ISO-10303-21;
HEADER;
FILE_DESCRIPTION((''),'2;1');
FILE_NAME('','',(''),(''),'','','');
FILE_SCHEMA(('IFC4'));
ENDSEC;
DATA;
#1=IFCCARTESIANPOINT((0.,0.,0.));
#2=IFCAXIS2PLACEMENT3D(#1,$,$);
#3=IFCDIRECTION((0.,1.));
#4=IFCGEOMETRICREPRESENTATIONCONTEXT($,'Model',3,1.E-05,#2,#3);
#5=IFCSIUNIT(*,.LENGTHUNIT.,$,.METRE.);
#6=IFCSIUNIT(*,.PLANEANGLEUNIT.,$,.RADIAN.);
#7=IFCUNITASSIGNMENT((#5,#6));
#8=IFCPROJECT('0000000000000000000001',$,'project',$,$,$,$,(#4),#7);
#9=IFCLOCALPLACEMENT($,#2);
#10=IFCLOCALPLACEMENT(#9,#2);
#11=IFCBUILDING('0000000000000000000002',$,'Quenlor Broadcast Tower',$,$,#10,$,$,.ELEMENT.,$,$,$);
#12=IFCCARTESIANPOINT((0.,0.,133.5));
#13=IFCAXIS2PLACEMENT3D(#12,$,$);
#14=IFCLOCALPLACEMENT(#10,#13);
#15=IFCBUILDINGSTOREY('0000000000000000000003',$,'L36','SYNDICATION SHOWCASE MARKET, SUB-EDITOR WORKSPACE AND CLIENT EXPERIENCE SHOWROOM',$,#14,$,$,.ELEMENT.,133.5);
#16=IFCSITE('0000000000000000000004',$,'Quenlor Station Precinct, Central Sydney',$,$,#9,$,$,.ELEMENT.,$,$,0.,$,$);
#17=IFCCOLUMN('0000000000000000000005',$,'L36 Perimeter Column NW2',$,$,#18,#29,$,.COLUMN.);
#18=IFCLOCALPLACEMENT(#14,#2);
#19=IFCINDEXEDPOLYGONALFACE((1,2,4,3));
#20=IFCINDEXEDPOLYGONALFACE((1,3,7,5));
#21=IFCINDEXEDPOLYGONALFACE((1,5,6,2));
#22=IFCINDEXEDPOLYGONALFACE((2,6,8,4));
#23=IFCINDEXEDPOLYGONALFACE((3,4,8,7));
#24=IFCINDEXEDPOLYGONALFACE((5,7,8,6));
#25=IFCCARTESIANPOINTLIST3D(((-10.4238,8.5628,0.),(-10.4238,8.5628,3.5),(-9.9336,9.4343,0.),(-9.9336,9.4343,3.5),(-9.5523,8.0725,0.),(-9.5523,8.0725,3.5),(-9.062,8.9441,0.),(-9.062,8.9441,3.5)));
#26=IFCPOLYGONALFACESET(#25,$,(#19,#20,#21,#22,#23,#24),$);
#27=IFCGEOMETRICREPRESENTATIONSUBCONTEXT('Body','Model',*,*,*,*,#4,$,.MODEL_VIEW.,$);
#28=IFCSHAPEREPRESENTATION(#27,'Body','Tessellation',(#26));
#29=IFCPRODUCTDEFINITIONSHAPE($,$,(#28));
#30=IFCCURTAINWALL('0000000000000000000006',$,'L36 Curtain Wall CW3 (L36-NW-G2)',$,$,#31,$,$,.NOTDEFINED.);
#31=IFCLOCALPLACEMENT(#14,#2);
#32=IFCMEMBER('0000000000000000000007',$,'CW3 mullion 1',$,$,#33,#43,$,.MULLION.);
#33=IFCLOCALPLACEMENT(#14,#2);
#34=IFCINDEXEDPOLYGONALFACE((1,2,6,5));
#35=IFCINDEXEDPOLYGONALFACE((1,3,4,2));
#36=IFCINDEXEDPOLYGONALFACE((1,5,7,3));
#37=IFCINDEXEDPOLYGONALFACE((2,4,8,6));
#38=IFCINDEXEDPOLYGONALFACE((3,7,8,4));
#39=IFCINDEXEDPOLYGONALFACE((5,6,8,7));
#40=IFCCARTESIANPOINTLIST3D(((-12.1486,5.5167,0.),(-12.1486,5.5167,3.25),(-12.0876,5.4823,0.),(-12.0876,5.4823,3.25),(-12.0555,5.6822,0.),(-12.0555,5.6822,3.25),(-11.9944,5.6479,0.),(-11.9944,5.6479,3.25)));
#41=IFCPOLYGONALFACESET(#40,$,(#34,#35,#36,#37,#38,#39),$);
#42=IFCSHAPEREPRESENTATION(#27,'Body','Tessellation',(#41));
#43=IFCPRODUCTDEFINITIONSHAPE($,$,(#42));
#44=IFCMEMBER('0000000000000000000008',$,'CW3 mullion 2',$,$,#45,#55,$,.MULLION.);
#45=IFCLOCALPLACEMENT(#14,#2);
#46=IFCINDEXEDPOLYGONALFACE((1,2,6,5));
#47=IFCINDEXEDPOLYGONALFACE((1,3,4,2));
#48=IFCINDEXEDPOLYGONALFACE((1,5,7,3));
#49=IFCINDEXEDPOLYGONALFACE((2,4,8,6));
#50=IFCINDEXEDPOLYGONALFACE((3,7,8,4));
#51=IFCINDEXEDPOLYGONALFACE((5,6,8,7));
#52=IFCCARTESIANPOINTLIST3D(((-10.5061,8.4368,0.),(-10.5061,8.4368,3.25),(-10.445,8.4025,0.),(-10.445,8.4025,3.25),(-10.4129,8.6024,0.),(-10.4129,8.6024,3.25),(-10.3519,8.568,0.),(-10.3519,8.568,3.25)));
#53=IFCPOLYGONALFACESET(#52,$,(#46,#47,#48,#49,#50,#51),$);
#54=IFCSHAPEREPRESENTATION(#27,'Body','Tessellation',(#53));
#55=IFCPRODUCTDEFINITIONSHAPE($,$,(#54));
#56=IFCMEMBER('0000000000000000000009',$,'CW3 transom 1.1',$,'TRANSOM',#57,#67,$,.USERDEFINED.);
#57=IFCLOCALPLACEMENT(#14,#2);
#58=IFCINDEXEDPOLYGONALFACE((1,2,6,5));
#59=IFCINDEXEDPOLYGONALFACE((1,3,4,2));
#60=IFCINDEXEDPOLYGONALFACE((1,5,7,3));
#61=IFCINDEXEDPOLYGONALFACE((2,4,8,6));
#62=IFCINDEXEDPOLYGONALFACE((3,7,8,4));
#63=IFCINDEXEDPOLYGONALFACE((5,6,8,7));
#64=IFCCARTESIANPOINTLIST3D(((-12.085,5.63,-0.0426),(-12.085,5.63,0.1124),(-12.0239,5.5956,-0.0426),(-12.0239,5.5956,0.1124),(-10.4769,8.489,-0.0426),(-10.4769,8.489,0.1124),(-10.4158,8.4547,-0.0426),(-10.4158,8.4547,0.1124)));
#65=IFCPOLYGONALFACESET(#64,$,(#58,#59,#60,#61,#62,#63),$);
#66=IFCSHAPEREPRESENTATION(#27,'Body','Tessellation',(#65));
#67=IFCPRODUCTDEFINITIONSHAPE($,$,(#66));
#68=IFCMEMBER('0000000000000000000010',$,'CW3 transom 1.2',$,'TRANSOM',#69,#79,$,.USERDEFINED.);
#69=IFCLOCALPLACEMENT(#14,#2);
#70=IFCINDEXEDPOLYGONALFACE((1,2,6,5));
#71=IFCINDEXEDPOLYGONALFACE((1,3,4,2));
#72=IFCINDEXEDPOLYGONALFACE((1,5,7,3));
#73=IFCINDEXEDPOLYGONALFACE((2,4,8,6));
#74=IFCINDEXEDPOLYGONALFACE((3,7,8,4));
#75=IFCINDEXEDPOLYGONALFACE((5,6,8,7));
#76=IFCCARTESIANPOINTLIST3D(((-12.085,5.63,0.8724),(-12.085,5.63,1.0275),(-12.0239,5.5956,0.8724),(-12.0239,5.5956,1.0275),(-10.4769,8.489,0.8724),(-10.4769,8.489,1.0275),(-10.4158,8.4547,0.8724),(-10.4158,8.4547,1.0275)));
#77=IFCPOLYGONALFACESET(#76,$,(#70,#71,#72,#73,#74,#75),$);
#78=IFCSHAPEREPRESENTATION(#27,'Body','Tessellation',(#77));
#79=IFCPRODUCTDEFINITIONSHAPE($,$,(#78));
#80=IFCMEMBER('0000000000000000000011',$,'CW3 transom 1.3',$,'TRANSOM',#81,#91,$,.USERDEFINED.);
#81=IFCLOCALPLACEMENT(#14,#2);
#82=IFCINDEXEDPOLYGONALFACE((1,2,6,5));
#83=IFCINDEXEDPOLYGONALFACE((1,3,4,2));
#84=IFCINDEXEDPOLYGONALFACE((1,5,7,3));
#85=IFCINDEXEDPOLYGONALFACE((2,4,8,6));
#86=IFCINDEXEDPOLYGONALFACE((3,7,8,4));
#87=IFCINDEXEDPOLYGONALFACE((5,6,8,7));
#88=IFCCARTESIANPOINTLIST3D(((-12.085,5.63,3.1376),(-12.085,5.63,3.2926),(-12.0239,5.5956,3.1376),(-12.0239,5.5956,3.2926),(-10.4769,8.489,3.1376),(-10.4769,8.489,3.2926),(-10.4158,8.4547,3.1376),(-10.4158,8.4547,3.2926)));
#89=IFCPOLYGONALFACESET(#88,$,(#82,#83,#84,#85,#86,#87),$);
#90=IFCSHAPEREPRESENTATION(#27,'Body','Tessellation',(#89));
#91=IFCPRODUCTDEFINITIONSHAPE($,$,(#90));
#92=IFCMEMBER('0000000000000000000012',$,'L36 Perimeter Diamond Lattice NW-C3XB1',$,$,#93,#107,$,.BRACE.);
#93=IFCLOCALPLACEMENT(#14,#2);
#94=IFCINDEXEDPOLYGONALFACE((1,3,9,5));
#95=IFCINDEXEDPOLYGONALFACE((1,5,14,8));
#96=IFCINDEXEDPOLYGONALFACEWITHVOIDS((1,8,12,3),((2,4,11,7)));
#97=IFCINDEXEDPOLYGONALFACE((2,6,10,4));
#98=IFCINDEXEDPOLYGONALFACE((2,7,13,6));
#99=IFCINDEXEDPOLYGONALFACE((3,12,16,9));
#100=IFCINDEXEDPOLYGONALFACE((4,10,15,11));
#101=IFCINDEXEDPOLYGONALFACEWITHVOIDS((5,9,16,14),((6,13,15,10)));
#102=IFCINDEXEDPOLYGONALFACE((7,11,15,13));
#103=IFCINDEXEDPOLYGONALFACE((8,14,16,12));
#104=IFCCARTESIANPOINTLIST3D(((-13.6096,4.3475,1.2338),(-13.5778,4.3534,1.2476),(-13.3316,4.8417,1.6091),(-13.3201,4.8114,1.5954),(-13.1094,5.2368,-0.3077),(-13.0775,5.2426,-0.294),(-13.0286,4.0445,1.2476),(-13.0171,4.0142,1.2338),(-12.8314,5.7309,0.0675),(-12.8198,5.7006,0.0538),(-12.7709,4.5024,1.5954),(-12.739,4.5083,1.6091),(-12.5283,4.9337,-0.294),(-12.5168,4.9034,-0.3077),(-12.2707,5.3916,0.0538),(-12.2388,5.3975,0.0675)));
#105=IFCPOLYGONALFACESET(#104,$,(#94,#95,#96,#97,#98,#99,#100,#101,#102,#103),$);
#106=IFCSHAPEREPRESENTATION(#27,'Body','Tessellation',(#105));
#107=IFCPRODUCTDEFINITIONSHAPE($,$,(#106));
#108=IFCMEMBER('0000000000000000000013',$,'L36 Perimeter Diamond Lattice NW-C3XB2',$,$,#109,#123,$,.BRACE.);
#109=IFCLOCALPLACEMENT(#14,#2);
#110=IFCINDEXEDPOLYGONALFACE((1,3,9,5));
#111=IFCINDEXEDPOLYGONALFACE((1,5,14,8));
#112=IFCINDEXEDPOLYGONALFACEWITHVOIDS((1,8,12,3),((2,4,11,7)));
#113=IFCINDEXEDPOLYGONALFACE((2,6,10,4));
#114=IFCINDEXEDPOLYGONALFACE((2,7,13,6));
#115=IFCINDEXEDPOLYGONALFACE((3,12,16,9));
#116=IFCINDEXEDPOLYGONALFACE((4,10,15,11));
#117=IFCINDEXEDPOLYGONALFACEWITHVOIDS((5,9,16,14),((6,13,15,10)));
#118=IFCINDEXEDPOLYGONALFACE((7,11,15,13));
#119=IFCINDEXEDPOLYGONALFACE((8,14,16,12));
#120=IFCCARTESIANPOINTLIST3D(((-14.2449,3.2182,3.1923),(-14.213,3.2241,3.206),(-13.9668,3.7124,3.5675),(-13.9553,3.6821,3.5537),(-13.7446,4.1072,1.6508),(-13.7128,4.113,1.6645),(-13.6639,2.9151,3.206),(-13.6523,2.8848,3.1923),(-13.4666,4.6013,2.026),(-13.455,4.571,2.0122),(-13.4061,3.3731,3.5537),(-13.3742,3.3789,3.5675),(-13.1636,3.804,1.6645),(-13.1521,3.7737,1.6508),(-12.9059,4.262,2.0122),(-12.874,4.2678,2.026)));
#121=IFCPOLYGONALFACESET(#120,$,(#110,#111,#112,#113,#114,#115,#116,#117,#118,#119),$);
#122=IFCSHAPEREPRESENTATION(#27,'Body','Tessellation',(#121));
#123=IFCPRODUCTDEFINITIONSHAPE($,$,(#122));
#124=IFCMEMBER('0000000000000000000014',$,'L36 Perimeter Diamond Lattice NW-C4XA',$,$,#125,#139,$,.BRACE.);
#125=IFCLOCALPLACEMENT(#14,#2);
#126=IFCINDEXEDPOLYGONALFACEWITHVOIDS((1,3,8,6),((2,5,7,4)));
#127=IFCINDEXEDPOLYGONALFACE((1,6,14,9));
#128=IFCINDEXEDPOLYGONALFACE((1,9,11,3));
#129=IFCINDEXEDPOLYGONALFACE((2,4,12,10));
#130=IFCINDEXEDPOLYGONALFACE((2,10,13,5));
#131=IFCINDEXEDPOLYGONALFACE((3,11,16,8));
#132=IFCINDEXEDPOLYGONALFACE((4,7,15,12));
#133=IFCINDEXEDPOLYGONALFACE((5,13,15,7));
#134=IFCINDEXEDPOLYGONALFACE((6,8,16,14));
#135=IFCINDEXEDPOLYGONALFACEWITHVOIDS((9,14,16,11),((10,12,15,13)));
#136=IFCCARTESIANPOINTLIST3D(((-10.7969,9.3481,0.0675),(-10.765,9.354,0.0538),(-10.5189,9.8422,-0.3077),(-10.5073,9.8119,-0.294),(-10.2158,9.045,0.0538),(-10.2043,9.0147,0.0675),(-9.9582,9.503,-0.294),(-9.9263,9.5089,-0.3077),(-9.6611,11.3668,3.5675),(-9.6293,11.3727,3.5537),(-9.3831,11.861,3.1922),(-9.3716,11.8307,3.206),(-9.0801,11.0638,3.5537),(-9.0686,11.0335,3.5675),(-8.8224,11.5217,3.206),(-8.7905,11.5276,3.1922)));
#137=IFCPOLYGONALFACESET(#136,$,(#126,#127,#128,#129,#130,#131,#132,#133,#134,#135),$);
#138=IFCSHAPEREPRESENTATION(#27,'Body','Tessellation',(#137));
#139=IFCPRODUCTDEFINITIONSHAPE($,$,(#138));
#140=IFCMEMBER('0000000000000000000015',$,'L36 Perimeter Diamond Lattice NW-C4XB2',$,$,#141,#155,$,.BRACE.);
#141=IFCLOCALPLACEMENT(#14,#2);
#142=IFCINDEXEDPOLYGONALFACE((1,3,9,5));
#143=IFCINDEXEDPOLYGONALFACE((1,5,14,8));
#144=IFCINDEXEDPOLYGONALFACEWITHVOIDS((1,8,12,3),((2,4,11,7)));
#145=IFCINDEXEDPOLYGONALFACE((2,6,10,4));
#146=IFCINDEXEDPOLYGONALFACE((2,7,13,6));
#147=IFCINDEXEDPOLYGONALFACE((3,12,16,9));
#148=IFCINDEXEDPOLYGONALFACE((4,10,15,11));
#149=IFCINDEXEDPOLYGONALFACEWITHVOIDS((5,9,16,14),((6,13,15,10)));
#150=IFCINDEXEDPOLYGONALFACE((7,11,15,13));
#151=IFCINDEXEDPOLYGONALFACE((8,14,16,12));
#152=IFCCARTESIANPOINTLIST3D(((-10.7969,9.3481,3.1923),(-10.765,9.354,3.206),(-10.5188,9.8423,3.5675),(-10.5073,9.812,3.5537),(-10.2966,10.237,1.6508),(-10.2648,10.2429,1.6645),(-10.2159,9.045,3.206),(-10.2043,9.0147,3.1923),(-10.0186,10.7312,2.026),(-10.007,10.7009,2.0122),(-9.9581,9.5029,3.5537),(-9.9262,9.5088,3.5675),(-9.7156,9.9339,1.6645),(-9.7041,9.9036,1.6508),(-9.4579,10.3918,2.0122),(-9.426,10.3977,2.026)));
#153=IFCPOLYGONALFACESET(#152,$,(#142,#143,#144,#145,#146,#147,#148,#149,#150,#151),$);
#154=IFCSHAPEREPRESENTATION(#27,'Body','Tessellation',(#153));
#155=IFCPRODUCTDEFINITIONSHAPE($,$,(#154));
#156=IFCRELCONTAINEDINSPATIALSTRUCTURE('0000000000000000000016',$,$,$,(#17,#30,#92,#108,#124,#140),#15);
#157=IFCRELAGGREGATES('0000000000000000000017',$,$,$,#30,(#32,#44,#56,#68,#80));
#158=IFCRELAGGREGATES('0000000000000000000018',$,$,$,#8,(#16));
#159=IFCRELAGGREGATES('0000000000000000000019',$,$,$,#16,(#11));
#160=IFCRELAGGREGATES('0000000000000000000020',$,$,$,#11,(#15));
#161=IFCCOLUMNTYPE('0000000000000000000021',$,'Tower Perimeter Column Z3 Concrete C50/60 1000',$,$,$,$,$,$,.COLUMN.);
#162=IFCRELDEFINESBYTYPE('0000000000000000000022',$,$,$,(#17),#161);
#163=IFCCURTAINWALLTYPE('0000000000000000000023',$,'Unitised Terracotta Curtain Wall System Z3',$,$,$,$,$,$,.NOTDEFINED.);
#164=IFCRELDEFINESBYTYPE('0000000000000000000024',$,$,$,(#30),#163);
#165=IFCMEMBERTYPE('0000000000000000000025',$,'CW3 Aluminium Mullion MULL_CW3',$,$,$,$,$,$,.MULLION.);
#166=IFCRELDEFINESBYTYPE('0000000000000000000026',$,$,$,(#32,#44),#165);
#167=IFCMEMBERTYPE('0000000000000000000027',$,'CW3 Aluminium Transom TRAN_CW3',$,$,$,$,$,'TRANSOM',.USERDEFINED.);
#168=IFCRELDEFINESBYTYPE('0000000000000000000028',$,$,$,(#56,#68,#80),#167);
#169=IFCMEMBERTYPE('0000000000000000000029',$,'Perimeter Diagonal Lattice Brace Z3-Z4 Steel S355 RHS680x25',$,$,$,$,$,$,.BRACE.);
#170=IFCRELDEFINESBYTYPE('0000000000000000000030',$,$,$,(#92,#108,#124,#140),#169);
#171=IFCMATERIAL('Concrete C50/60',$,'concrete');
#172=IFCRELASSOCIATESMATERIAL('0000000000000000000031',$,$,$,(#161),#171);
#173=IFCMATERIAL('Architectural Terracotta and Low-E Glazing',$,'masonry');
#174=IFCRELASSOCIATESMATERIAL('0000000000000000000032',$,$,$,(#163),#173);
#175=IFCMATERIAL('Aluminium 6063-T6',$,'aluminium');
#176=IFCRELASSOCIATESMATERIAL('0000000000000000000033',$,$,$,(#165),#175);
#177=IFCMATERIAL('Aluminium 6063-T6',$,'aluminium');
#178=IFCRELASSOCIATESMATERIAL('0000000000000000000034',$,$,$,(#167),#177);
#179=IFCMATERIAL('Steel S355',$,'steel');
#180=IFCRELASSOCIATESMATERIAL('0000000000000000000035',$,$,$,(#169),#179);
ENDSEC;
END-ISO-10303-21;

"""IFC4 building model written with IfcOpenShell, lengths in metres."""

from ifc_helpers import new_model, si_unit, direction, frame, origin, origin_2d, place, context, subcontext, project, spatial, rectangle, hollow_rectangle, extrude, material, material_profile, profile_set, type_object, element, aggregate, save


model = new_model("IFC4")

# Units and contexts
model_context = context("Model", 3, precision=1e-05, world=origin(), true_north=direction((0.0, 1.0)))
body_context = subcontext(model_context, "Body", "Model", "MODEL_VIEW")
ifc_project = project(units=[si_unit("LENGTHUNIT", "METRE"), si_unit("PLANEANGLEUNIT", "RADIAN")], contexts=[model_context])

# Site, building, storey
site_placement = place(None, origin())
site = spatial("IfcSite", under=ifc_project, at=site_placement, Name="Quenlor Station Precinct, Central Sydney", CompositionType="ELEMENT", RefElevation=0.0)
building_placement = place(site_placement, origin())
building = spatial("IfcBuilding", under=site, at=building_placement, Name="Quenlor Broadcast Tower", CompositionType="ELEMENT")
storey_placement = place(building_placement, frame((0.0, 0.0, 133.5)))
storey = spatial("IfcBuildingStorey", under=building, at=storey_placement, Name="L36", Description="SYNDICATION SHOWCASE MARKET, SUB-EDITOR WORKSPACE AND CLIENT EXPERIENCE SHOWROOM", CompositionType="ELEMENT", Elevation=133.5)

# Column
ifc_material_1 = material(Name="Concrete C50/60", Category="concrete")
ifc_material_profile_1 = material_profile(ifc_material_1, rectangle(XDim=1.0, YDim=1.0, at=origin_2d()))
ifc_profile_set_1 = profile_set([ifc_material_profile_1], Name="Concrete C50/60 RC1000x1000")
column_type = type_object("IfcColumnType", Name="Tower Perimeter Column Z3 Concrete C50/60 1000", PredefinedType="COLUMN", material=ifc_profile_set_1)
column_placement = place(storey_placement, frame((-9.7429, 8.7534, 0.0), z_axis=(0.0, 0.0, 1.0), x_axis=(-0.871575, 0.490262, 0.0)))
element("IfcColumn", 1, at=column_placement, inside=storey, type_object=column_type, Name="L36 Perimeter Column NW2", PredefinedType="COLUMN", context=body_context, shape_type="SweptSolid", body=[
    extrude(rectangle(XDim=1.0, YDim=1.0, at=origin_2d()), origin(), (0.0, 0.0, 1.0), 3.5),
])

# Curtain wall, members
ifc_material_2 = material(Name="Architectural Terracotta and Low-E Glazing", Category="masonry")
curtain_wall_type = type_object("IfcCurtainWallType", Name="Unitised Terracotta Curtain Wall System Z3", PredefinedType="NOTDEFINED", material=ifc_material_2)
curtain_wall_placement = place(storey_placement, origin())
curtain_wall = element("IfcCurtainWall", 2, at=curtain_wall_placement, inside=storey, type_object=curtain_wall_type, Name="L36 Curtain Wall CW3 (L36-NW-G2)", PredefinedType="NOTDEFINED")
ifc_material_3 = material(Name="Aluminium 6063-T6", Category="aluminium")
ifc_material_profile_2 = material_profile(ifc_material_3, rectangle(XDim=0.0701, YDim=0.1899, at=origin_2d()))
ifc_profile_set_2 = profile_set([ifc_material_profile_2], Name="Aluminium 6063-T6 MULL70x190")
member_type_1 = type_object("IfcMemberType", Name="CW3 Aluminium Mullion MULL_CW3", PredefinedType="MULLION", material=ifc_profile_set_2)
member_1_placement = place(storey_placement, frame((-12.0715, 5.5823, 0.0), z_axis=(0.0, 0.0, 1.0), x_axis=(-0.871579, 0.490256, 0.0)))
member_1 = element("IfcMember", 3, at=member_1_placement, type_object=member_type_1, Name="CW3 mullion 1", PredefinedType="MULLION", context=body_context, shape_type="SweptSolid", body=[
    extrude(rectangle(XDim=0.0701, YDim=0.1899, at=origin_2d()), origin(), (0.0, 0.0, 1.0), 3.25),
])
member_2_placement = place(storey_placement, frame((-10.429, 8.5024, 0.0), z_axis=(0.0, 0.0, 1.0), x_axis=(-0.871579, 0.490256, 0.0)))
member_2 = element("IfcMember", 4, at=member_2_placement, type_object=member_type_1, Name="CW3 mullion 2", PredefinedType="MULLION", context=body_context, shape_type="SweptSolid", body=[
    extrude(rectangle(XDim=0.0701, YDim=0.1899, at=origin_2d()), origin(), (0.0, 0.0, 1.0), 3.25),
])
ifc_material_4 = material(Name="Aluminium 6063-T6", Category="aluminium")
ifc_material_profile_3 = material_profile(ifc_material_4, rectangle(XDim=0.0701, YDim=0.155, at=origin_2d()))
ifc_profile_set_3 = profile_set([ifc_material_profile_3], Name="Aluminium 6063-T6 TRAN70x155")
member_type_2 = type_object("IfcMemberType", Name="CW3 Aluminium Transom TRAN_CW3", ElementType="TRANSOM", PredefinedType="USERDEFINED", material=ifc_profile_set_3)
member_3_placement = place(storey_placement, frame((-12.0544, 5.6128, 0.0349), z_axis=(0.490237, 0.871589, 0.0), x_axis=(-0.871589, 0.490237, 0.0)))
member_3 = element("IfcMember", 5, at=member_3_placement, type_object=member_type_2, Name="CW3 transom 1.1", ObjectType="TRANSOM", PredefinedType="USERDEFINED", context=body_context, shape_type="SweptSolid", body=[
    extrude(rectangle(XDim=0.0701, YDim=0.155, at=origin_2d()), origin(), (0.0, 0.0, 1.0), 3.2803),
])
member_4_placement = place(storey_placement, frame((-12.0544, 5.6128, 0.95), z_axis=(0.490237, 0.871589, 0.0), x_axis=(-0.871589, 0.490237, 0.0)))
member_4 = element("IfcMember", 6, at=member_4_placement, type_object=member_type_2, Name="CW3 transom 1.2", ObjectType="TRANSOM", PredefinedType="USERDEFINED", context=body_context, shape_type="SweptSolid", body=[
    extrude(rectangle(XDim=0.0701, YDim=0.155, at=origin_2d()), origin(), (0.0, 0.0, 1.0), 3.2803),
])
member_5_placement = place(storey_placement, frame((-12.0544, 5.6128, 3.2151), z_axis=(0.490237, 0.871589, 0.0), x_axis=(-0.871589, 0.490237, 0.0)))
member_5 = element("IfcMember", 7, at=member_5_placement, type_object=member_type_2, Name="CW3 transom 1.3", ObjectType="TRANSOM", PredefinedType="USERDEFINED", context=body_context, shape_type="SweptSolid", body=[
    extrude(rectangle(XDim=0.0701, YDim=0.155, at=origin_2d()), origin(), (0.0, 0.0, 1.0), 3.2803),
])

# Members
ifc_material_5 = material(Name="Steel S355", Category="steel")
ifc_material_profile_4 = material_profile(ifc_material_5, hollow_rectangle(XDim=0.6799, YDim=0.6799, WallThickness=0.0249, at=origin_2d()))
ifc_profile_set_4 = profile_set([ifc_material_profile_4], Name="Steel S355 RHS680x680x25")
member_type_3 = type_object("IfcMemberType", Name="Perimeter Diagonal Lattice Brace Z3-Z4 Steel S355 RHS680x25", PredefinedType="BRACE", material=ifc_profile_set_4)
member_6_placement = place(storey_placement, frame((-12.6741, 5.3171, -0.1201), z_axis=(-0.270616, -0.481008, 0.833905), x_axis=(0.871537, -0.490329, 0.0)))
element("IfcMember", 8, at=member_6_placement, inside=storey, type_object=member_type_3, Name="L36 Perimeter Diamond Lattice NW-C3XB1", PredefinedType="BRACE", context=body_context, shape_type="SweptSolid", body=[
    extrude(hollow_rectangle(XDim=0.6799, YDim=0.6799, WallThickness=0.0249, at=origin_2d()), origin(), (0.0, 0.0, 1.0), 1.8486),
])
member_7_placement = place(storey_placement, frame((-13.3093, 4.1875, 1.8384), z_axis=(-0.270634, -0.480906, 0.833958), x_axis=(0.87148, -0.490432, 0.0)))
element("IfcMember", 9, at=member_7_placement, inside=storey, type_object=member_type_3, Name="L36 Perimeter Diamond Lattice NW-C3XB2", PredefinedType="BRACE", context=body_context, shape_type="SweptSolid", body=[
    extrude(hollow_rectangle(XDim=0.6799, YDim=0.6799, WallThickness=0.0249, at=origin_2d()), origin(), (0.0, 0.0, 1.0), 1.8484),
])
member_8_placement = place(storey_placement, frame((-10.3616, 9.4285, -0.1201), z_axis=(0.270603, 0.481001, 0.833914), x_axis=(-0.871545, 0.490316, 0.0)))
element("IfcMember", 10, at=member_8_placement, inside=storey, type_object=member_type_3, Name="L36 Perimeter Diamond Lattice NW-C4XA", PredefinedType="BRACE", context=body_context, shape_type="SweptSolid", body=[
    extrude(hollow_rectangle(XDim=0.6799, YDim=0.6799, WallThickness=0.0249, at=origin_2d()), origin(), (0.0, 0.0, 1.0), 4.197),
])
member_9_placement = place(storey_placement, frame((-9.8613, 10.3174, 1.8384), z_axis=(-0.270634, -0.480906, 0.833958), x_axis=(0.87148, -0.490432, 0.0)))
element("IfcMember", 11, at=member_9_placement, inside=storey, type_object=member_type_3, Name="L36 Perimeter Diamond Lattice NW-C4XB2", PredefinedType="BRACE", context=body_context, shape_type="SweptSolid", body=[
    extrude(hollow_rectangle(XDim=0.6799, YDim=0.6799, WallThickness=0.0249, at=origin_2d()), origin(), (0.0, 0.0, 1.0), 1.8484),
])

aggregate(curtain_wall, [member_1, member_2, member_3, member_4, member_5])

save(model, "model.ifc")
